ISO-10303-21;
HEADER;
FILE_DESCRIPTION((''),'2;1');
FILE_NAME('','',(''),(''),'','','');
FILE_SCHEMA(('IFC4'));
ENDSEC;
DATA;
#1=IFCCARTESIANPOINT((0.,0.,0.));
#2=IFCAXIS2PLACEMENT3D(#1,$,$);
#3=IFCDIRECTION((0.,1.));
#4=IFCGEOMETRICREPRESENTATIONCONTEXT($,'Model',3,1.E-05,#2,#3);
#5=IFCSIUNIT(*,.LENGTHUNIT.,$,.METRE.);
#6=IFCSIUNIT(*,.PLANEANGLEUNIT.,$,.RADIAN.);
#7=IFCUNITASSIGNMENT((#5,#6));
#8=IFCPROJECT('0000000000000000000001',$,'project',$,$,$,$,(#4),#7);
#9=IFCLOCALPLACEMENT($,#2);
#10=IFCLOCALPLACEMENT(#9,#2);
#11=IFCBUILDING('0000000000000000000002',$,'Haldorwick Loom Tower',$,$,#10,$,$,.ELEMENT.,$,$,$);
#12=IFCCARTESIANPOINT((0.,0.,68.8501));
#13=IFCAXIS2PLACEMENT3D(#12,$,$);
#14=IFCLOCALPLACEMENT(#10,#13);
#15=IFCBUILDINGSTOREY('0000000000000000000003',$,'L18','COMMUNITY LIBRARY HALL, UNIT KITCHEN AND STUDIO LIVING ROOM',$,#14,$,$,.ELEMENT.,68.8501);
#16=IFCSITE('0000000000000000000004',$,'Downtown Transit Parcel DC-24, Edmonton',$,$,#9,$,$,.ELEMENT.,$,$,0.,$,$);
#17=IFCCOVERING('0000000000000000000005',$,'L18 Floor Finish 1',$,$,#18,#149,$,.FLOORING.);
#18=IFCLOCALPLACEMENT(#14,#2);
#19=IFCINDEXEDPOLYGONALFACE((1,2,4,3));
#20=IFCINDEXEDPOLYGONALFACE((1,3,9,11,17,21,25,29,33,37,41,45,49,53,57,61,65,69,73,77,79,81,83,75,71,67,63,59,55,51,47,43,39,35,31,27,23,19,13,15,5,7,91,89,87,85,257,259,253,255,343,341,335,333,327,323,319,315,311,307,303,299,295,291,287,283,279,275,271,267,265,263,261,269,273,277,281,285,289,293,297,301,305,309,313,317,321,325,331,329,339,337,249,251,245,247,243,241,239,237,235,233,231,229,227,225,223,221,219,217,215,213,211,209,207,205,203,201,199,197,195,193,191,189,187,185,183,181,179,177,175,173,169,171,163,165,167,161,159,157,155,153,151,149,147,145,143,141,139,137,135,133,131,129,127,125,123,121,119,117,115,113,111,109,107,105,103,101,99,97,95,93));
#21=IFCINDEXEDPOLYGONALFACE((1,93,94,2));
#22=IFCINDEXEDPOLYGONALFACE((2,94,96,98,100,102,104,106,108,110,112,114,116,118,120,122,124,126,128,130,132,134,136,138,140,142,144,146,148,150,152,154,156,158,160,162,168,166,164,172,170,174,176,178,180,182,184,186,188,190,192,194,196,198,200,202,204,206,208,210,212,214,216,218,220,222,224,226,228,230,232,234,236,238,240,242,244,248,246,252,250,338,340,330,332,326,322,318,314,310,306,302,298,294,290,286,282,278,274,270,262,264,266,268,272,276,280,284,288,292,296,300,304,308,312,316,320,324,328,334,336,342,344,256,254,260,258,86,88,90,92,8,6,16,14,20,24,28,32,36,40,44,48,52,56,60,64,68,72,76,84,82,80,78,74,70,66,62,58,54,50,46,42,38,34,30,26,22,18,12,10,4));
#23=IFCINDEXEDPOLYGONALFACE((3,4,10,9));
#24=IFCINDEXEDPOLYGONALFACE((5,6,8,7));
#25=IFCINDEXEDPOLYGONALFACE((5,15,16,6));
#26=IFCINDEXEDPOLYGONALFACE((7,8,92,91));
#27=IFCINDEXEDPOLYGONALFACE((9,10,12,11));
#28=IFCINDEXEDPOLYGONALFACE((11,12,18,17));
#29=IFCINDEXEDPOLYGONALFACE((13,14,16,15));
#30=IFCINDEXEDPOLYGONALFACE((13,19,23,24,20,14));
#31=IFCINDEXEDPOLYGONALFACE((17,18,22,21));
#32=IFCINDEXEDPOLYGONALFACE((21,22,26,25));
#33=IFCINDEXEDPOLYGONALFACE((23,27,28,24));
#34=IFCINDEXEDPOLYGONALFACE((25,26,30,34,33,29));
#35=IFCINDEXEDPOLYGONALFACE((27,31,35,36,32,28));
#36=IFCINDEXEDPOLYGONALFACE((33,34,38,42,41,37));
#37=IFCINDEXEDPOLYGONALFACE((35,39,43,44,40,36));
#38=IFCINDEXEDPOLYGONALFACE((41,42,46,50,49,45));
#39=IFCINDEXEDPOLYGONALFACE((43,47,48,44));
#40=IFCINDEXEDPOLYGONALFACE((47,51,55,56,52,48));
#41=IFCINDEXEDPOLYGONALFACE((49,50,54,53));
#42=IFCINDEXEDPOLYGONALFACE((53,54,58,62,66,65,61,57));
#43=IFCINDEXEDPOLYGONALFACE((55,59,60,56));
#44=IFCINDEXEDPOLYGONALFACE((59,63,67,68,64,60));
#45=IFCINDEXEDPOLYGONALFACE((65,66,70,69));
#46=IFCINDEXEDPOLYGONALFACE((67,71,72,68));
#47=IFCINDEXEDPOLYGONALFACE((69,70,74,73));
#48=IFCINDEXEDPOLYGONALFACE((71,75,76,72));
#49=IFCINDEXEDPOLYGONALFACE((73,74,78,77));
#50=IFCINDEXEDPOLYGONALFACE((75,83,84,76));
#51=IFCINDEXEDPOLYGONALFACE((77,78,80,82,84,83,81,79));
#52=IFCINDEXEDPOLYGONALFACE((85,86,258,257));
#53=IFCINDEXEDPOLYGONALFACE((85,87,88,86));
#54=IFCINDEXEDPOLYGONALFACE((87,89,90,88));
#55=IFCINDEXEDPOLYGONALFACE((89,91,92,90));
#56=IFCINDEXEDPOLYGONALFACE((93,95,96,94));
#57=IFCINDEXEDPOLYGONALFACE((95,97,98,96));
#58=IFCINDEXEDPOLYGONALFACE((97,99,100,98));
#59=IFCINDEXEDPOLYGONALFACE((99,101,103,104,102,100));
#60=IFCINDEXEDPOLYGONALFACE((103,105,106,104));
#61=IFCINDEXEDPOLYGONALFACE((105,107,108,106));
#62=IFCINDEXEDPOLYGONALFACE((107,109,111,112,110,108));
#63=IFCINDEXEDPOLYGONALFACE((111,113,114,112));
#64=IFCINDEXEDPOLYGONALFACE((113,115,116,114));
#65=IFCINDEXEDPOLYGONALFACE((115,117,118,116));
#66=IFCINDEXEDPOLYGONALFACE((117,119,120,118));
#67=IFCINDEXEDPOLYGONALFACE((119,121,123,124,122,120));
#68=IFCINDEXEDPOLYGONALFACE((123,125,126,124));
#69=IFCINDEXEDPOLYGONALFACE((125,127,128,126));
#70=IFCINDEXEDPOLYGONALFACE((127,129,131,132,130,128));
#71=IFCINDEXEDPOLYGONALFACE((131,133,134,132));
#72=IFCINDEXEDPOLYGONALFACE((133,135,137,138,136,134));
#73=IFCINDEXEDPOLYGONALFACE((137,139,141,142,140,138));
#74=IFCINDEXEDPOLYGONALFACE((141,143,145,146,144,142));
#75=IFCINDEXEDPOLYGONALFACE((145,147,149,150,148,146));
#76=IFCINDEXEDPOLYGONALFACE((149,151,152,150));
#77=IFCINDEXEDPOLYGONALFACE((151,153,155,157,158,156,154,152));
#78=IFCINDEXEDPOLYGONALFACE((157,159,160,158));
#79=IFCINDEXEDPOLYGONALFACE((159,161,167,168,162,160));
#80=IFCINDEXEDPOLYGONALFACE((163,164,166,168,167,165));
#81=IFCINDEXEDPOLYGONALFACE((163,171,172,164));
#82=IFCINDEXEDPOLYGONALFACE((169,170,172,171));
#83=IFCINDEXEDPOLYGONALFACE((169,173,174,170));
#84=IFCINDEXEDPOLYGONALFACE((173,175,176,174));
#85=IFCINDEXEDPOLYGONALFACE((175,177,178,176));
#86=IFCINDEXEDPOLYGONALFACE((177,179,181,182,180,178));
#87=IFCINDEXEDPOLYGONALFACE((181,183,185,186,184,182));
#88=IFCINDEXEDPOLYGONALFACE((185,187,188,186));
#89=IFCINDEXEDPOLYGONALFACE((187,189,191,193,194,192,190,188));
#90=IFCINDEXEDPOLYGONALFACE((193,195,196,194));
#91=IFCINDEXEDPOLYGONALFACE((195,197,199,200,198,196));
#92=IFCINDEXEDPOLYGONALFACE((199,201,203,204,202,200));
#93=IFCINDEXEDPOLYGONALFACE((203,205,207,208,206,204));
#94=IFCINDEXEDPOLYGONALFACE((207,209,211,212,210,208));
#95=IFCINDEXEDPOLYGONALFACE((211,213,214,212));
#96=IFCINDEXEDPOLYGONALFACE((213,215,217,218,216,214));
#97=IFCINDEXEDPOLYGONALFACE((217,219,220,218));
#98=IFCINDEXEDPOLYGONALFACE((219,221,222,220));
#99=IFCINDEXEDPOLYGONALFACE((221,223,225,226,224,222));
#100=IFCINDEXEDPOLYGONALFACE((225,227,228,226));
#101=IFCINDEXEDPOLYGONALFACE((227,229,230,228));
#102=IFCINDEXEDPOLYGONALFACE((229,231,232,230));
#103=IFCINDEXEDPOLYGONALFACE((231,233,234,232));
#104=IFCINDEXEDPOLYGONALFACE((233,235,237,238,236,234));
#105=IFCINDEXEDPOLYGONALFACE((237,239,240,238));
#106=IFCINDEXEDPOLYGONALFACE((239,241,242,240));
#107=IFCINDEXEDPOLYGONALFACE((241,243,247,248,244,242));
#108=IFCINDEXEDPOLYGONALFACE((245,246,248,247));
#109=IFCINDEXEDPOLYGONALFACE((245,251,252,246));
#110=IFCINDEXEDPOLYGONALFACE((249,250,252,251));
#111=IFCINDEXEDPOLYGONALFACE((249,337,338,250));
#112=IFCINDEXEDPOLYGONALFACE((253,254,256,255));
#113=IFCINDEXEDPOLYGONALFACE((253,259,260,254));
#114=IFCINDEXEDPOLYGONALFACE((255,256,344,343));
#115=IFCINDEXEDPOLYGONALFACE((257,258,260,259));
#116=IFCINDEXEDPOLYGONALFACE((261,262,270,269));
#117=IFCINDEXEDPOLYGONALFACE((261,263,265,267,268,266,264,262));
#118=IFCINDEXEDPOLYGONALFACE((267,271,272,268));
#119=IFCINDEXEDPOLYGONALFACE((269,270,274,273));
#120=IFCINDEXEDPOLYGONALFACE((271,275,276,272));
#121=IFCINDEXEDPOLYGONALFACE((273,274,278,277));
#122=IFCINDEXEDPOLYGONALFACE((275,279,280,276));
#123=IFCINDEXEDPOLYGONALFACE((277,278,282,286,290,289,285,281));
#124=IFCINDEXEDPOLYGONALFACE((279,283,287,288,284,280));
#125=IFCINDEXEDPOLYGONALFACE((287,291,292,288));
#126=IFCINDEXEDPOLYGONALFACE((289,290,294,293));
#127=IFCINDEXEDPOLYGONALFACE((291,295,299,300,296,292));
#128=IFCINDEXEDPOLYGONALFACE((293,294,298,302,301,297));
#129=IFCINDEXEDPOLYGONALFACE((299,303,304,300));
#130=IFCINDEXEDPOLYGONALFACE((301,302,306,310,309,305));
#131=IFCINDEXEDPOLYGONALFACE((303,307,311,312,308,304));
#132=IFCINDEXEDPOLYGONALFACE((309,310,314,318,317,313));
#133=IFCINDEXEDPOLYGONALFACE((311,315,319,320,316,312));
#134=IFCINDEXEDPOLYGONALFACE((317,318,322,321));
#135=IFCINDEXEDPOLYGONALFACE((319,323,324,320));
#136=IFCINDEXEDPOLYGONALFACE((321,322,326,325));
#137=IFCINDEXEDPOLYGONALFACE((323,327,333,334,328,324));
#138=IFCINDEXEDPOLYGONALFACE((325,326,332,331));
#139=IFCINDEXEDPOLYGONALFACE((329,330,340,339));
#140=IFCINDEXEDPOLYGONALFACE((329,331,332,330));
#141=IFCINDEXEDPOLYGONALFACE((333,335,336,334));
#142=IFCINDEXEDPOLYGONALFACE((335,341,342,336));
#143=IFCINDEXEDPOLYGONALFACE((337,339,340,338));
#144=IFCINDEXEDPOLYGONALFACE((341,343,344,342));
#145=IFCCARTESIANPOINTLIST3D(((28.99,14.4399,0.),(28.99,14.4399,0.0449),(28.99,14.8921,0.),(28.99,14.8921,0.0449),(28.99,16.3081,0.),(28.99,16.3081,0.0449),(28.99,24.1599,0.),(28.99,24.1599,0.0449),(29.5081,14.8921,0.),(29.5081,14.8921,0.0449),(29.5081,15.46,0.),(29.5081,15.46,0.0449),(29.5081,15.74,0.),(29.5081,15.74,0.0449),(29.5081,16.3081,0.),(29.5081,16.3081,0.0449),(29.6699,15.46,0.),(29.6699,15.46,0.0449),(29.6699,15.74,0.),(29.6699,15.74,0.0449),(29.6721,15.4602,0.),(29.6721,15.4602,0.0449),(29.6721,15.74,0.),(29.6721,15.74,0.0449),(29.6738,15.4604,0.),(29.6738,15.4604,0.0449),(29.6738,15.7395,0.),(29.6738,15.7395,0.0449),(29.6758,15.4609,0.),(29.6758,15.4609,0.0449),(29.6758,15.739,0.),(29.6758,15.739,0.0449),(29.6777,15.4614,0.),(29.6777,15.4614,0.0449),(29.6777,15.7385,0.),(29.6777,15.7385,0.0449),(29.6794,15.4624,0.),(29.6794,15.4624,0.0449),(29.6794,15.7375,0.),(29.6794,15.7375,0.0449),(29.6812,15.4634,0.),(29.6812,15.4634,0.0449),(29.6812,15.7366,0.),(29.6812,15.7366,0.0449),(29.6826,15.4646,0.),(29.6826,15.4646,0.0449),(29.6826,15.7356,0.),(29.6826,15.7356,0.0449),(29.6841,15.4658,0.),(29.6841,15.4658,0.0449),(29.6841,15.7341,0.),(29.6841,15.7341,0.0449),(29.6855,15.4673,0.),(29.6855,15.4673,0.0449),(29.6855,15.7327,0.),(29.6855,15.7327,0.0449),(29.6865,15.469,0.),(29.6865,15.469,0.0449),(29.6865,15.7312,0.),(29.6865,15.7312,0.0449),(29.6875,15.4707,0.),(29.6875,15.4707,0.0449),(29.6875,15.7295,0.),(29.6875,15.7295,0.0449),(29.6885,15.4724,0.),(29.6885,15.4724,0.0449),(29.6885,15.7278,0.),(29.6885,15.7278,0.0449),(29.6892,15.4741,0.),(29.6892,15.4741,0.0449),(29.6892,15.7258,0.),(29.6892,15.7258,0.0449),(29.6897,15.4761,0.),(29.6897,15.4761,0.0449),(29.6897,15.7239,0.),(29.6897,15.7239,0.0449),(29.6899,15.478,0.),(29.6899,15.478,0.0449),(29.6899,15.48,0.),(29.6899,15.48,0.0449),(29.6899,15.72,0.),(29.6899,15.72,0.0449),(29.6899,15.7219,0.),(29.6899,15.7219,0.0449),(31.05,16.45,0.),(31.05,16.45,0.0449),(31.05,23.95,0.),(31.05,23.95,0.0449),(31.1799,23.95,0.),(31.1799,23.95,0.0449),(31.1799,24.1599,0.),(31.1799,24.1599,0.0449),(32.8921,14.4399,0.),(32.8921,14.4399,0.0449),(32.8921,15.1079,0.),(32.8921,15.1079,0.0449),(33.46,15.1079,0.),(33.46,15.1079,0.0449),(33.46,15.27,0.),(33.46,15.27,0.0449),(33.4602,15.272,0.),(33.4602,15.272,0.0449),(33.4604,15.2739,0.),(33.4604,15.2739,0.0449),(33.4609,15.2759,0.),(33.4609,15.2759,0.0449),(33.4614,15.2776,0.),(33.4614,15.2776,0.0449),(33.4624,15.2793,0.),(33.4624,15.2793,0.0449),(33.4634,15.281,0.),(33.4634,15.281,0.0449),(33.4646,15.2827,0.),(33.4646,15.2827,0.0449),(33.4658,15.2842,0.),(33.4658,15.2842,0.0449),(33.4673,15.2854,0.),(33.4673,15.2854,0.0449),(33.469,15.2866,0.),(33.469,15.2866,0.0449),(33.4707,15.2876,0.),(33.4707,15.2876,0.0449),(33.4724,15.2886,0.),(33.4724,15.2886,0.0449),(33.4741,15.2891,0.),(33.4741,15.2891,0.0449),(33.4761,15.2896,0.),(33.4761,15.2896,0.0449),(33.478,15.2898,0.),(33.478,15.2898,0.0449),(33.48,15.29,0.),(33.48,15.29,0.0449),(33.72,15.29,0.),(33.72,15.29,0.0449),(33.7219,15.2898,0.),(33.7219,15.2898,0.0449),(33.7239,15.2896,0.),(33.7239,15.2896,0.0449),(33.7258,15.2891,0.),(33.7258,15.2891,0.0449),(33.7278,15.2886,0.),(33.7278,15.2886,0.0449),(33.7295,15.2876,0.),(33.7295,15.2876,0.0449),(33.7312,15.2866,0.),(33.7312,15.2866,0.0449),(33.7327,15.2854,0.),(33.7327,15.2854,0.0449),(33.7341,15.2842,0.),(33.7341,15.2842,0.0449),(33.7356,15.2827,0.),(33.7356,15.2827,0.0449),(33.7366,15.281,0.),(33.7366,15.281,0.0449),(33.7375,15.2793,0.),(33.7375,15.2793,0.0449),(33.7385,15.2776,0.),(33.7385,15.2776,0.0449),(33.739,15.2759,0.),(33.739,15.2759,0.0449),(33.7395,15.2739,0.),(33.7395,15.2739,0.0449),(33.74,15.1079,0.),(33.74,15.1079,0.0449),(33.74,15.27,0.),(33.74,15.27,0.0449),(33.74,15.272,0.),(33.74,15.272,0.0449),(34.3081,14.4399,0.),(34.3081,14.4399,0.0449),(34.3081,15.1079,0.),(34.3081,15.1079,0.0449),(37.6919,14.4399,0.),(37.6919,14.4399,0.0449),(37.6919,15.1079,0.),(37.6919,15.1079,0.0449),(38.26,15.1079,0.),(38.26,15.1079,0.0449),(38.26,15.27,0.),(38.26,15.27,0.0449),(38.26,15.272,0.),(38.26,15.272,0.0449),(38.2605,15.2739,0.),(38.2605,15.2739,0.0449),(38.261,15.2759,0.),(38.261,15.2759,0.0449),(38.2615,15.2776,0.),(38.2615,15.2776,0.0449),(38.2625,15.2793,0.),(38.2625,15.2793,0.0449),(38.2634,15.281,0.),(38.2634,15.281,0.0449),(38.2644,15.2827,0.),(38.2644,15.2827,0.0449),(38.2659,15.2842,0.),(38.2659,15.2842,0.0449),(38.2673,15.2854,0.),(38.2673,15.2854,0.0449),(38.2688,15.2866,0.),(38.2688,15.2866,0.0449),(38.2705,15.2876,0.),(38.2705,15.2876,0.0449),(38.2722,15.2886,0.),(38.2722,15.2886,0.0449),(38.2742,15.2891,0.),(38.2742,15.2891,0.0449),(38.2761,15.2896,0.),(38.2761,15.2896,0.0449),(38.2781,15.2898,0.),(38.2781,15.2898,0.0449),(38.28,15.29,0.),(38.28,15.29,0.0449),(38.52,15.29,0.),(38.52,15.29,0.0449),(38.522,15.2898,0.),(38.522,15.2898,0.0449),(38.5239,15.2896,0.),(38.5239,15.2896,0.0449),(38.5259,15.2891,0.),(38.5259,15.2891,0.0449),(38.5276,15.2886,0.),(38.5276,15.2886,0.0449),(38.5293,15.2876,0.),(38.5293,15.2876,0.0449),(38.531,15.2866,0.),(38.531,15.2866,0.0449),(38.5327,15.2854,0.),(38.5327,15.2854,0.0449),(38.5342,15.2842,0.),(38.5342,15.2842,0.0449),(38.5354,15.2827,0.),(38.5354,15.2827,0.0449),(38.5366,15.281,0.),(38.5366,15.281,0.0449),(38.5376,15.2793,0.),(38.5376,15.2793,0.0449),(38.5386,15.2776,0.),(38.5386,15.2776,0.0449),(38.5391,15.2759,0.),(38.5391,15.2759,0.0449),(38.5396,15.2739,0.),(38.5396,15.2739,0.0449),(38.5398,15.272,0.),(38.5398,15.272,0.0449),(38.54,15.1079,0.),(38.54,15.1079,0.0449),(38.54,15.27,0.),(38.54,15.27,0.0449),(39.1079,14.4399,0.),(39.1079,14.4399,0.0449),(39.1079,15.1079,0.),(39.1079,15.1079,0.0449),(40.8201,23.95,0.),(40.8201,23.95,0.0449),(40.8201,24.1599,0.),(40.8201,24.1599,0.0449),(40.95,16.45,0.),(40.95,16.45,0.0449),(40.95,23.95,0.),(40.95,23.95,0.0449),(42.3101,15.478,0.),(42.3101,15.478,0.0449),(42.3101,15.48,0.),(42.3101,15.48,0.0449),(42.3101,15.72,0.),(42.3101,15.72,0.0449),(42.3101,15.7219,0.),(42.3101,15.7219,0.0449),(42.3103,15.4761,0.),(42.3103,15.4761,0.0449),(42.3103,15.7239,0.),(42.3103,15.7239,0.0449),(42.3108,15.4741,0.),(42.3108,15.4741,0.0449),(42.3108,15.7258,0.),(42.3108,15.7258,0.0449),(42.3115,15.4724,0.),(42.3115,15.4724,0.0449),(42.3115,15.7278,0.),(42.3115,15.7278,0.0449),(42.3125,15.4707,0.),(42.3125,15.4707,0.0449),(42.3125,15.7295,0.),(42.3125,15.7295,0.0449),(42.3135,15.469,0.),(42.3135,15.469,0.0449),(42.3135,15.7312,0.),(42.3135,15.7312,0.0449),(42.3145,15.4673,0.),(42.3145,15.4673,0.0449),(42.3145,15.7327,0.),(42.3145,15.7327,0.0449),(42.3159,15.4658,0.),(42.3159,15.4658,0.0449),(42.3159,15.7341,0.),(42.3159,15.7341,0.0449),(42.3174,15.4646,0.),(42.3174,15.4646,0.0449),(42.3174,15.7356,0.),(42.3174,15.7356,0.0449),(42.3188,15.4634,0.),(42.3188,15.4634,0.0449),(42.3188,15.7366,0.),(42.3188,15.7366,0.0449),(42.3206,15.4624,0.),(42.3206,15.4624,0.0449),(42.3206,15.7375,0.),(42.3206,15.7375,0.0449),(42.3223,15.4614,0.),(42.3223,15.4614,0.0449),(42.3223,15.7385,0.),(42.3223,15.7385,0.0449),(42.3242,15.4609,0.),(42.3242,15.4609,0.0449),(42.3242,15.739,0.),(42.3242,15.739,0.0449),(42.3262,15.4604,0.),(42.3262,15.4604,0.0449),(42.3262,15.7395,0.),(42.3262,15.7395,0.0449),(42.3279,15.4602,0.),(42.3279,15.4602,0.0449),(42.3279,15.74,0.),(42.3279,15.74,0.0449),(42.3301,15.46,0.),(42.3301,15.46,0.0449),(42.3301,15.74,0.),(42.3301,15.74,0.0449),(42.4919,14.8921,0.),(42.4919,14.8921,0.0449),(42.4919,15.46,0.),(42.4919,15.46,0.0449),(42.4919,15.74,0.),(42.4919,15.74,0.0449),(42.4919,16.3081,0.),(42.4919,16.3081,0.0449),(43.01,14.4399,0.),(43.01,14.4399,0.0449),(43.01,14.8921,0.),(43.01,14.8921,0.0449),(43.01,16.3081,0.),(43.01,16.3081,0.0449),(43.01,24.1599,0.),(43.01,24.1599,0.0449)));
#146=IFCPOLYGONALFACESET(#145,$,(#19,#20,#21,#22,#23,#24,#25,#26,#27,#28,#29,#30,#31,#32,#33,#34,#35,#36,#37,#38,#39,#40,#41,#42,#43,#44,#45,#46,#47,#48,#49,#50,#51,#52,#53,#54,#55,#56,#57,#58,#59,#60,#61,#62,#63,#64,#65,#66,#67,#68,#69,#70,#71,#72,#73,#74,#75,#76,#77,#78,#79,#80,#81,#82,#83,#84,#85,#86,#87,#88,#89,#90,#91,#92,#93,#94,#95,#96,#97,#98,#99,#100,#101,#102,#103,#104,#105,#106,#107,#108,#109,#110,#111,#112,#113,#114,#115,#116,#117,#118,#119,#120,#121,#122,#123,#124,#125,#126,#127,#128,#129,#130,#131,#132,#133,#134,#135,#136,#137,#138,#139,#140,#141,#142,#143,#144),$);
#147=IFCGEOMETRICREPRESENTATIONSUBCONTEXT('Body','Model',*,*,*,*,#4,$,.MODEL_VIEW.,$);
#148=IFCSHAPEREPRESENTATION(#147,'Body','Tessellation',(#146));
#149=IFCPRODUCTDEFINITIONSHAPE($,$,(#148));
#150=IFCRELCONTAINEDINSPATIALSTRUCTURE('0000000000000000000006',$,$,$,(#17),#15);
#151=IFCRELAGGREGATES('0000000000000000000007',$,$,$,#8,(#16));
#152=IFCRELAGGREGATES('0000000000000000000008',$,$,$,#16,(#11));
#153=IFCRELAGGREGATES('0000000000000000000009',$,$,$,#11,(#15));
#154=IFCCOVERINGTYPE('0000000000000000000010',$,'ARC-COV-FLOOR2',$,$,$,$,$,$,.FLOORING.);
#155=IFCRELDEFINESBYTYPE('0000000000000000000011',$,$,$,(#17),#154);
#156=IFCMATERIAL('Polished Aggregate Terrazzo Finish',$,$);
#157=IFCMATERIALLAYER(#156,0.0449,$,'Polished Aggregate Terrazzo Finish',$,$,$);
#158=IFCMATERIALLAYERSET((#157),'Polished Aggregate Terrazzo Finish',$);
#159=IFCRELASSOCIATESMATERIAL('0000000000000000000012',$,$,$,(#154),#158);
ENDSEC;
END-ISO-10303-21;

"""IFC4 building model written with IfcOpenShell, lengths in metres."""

from ifc_helpers import new_model, si_unit, direction, frame, origin, place, context, subcontext, project, spatial, polyline, outline, extrude, material, layer, layer_set, type_object, element, save


model = new_model("IFC4")

# Units and contexts
model_context = context("Model", 3, precision=1e-05, world=origin(), true_north=direction((0.0, 1.0)))
body_context = subcontext(model_context, "Body", "Model", "MODEL_VIEW")
ifc_project = project(units=[si_unit("LENGTHUNIT", "METRE"), si_unit("PLANEANGLEUNIT", "RADIAN")], contexts=[model_context])

# Site, building, storey
site_placement = place(None, origin())
site = spatial("IfcSite", under=ifc_project, at=site_placement, Name="Downtown Transit Parcel DC-24, Edmonton", CompositionType="ELEMENT", RefElevation=0.0)
building_placement = place(site_placement, origin())
building = spatial("IfcBuilding", under=site, at=building_placement, Name="Haldorwick Loom Tower", CompositionType="ELEMENT")
storey_placement = place(building_placement, frame((0.0, 0.0, 68.8501)))
storey = spatial("IfcBuildingStorey", under=building, at=storey_placement, Name="L18", Description="COMMUNITY LIBRARY HALL, UNIT KITCHEN AND STUDIO LIVING ROOM", CompositionType="ELEMENT", Elevation=68.8501)

# Covering
ifc_material_1 = material(Name="Polished Aggregate Terrazzo Finish")
ifc_layer_1 = layer(ifc_material_1, 0.0449, Name="Polished Aggregate Terrazzo Finish")
ifc_layer_set_1 = layer_set([ifc_layer_1], Name="Polished Aggregate Terrazzo Finish")
covering_type_1 = type_object("IfcCoveringType", Name="ARC-COV-FLOOR2", PredefinedType="FLOORING", material=ifc_layer_set_1)
covering_1_placement = place(storey_placement, origin())
element("IfcCovering", 1, at=covering_1_placement, inside=storey, type_object=covering_type_1, Name="L18 Floor Finish 1", PredefinedType="FLOORING", context=body_context, shape_type="SweptSolid", body=[
    extrude(outline(polyline([(40.8201, 24.1599), (40.8201, 23.95), (40.95, 23.95), (40.95, 16.45), (31.05, 16.45), (31.05, 23.95), (31.1799, 23.95), (31.1799, 24.1599), (28.99, 24.1599), (28.99, 16.3081), (29.5081, 16.3081), (29.5081, 15.74), (29.6699, 15.74), (29.6721, 15.74), (29.6738, 15.7395), (29.6758, 15.739), (29.6777, 15.7385), (29.6794, 15.7375), (29.6812, 15.7366), (29.6826, 15.7356), (29.6841, 15.7341), (29.6855, 15.7327), (29.6865, 15.7312), (29.6875, 15.7295), (29.6885, 15.7278), (29.6892, 15.7258), (29.6897, 15.7239), (29.6899, 15.7219), (29.6899, 15.72), (29.6899, 15.48), (29.6899, 15.478), (29.6897, 15.4761), (29.6892, 15.4741), (29.6885, 15.4724), (29.6875, 15.4707), (29.6865, 15.469), (29.6855, 15.4673), (29.6841, 15.4658), (29.6826, 15.4646), (29.6812, 15.4634), (29.6794, 15.4624), (29.6777, 15.4614), (29.6758, 15.4609), (29.6738, 15.4604), (29.6721, 15.4602), (29.6699, 15.46), (29.5081, 15.46), (29.5081, 14.8921), (28.99, 14.8921), (28.99, 14.4399), (32.8921, 14.4399), (32.8921, 15.1079), (33.46, 15.1079), (33.46, 15.27), (33.4602, 15.272), (33.4604, 15.2739), (33.4609, 15.2759), (33.4614, 15.2776), (33.4624, 15.2793), (33.4634, 15.281), (33.4646, 15.2827), (33.4658, 15.2842), (33.4673, 15.2854), (33.469, 15.2866), (33.4707, 15.2876), (33.4724, 15.2886), (33.4741, 15.2891), (33.4761, 15.2896), (33.478, 15.2898), (33.48, 15.29), (33.72, 15.29), (33.7219, 15.2898), (33.7239, 15.2896), (33.7258, 15.2891), (33.7278, 15.2886), (33.7295, 15.2876), (33.7312, 15.2866), (33.7327, 15.2854), (33.7341, 15.2842), (33.7356, 15.2827), (33.7366, 15.281), (33.7375, 15.2793), (33.7385, 15.2776), (33.739, 15.2759), (33.7395, 15.2739), (33.74, 15.272), (33.74, 15.27), (33.74, 15.1079), (34.3081, 15.1079), (34.3081, 14.4399), (37.6919, 14.4399), (37.6919, 15.1079), (38.26, 15.1079), (38.26, 15.27), (38.26, 15.272), (38.2605, 15.2739), (38.261, 15.2759), (38.2615, 15.2776), (38.2625, 15.2793), (38.2634, 15.281), (38.2644, 15.2827), (38.2659, 15.2842), (38.2673, 15.2854), (38.2688, 15.2866), (38.2705, 15.2876), (38.2722, 15.2886), (38.2742, 15.2891), (38.2761, 15.2896), (38.2781, 15.2898), (38.28, 15.29), (38.52, 15.29), (38.522, 15.2898), (38.5239, 15.2896), (38.5259, 15.2891), (38.5276, 15.2886), (38.5293, 15.2876), (38.531, 15.2866), (38.5327, 15.2854), (38.5342, 15.2842), (38.5354, 15.2827), (38.5366, 15.281), (38.5376, 15.2793), (38.5386, 15.2776), (38.5391, 15.2759), (38.5396, 15.2739), (38.5398, 15.272), (38.54, 15.27), (38.54, 15.1079), (39.1079, 15.1079), (39.1079, 14.4399), (43.01, 14.4399), (43.01, 14.8921), (42.4919, 14.8921), (42.4919, 15.46), (42.3301, 15.46), (42.3279, 15.4602), (42.3262, 15.4604), (42.3242, 15.4609), (42.3223, 15.4614), (42.3206, 15.4624), (42.3188, 15.4634), (42.3174, 15.4646), (42.3159, 15.4658), (42.3145, 15.4673), (42.3135, 15.469), (42.3125, 15.4707), (42.3115, 15.4724), (42.3108, 15.4741), (42.3103, 15.4761), (42.3101, 15.478), (42.3101, 15.48), (42.3101, 15.72), (42.3101, 15.7219), (42.3103, 15.7239), (42.3108, 15.7258), (42.3115, 15.7278), (42.3125, 15.7295), (42.3135, 15.7312), (42.3145, 15.7327), (42.3159, 15.7341), (42.3174, 15.7356), (42.3188, 15.7366), (42.3206, 15.7375), (42.3223, 15.7385), (42.3242, 15.739), (42.3262, 15.7395), (42.3279, 15.74), (42.3301, 15.74), (42.4919, 15.74), (42.4919, 16.3081), (43.01, 16.3081), (43.01, 24.1599), (40.8201, 24.1599)])), origin(), (0.0, 0.0, 1.0), 0.0449),
])

save(model, "model.ifc")
